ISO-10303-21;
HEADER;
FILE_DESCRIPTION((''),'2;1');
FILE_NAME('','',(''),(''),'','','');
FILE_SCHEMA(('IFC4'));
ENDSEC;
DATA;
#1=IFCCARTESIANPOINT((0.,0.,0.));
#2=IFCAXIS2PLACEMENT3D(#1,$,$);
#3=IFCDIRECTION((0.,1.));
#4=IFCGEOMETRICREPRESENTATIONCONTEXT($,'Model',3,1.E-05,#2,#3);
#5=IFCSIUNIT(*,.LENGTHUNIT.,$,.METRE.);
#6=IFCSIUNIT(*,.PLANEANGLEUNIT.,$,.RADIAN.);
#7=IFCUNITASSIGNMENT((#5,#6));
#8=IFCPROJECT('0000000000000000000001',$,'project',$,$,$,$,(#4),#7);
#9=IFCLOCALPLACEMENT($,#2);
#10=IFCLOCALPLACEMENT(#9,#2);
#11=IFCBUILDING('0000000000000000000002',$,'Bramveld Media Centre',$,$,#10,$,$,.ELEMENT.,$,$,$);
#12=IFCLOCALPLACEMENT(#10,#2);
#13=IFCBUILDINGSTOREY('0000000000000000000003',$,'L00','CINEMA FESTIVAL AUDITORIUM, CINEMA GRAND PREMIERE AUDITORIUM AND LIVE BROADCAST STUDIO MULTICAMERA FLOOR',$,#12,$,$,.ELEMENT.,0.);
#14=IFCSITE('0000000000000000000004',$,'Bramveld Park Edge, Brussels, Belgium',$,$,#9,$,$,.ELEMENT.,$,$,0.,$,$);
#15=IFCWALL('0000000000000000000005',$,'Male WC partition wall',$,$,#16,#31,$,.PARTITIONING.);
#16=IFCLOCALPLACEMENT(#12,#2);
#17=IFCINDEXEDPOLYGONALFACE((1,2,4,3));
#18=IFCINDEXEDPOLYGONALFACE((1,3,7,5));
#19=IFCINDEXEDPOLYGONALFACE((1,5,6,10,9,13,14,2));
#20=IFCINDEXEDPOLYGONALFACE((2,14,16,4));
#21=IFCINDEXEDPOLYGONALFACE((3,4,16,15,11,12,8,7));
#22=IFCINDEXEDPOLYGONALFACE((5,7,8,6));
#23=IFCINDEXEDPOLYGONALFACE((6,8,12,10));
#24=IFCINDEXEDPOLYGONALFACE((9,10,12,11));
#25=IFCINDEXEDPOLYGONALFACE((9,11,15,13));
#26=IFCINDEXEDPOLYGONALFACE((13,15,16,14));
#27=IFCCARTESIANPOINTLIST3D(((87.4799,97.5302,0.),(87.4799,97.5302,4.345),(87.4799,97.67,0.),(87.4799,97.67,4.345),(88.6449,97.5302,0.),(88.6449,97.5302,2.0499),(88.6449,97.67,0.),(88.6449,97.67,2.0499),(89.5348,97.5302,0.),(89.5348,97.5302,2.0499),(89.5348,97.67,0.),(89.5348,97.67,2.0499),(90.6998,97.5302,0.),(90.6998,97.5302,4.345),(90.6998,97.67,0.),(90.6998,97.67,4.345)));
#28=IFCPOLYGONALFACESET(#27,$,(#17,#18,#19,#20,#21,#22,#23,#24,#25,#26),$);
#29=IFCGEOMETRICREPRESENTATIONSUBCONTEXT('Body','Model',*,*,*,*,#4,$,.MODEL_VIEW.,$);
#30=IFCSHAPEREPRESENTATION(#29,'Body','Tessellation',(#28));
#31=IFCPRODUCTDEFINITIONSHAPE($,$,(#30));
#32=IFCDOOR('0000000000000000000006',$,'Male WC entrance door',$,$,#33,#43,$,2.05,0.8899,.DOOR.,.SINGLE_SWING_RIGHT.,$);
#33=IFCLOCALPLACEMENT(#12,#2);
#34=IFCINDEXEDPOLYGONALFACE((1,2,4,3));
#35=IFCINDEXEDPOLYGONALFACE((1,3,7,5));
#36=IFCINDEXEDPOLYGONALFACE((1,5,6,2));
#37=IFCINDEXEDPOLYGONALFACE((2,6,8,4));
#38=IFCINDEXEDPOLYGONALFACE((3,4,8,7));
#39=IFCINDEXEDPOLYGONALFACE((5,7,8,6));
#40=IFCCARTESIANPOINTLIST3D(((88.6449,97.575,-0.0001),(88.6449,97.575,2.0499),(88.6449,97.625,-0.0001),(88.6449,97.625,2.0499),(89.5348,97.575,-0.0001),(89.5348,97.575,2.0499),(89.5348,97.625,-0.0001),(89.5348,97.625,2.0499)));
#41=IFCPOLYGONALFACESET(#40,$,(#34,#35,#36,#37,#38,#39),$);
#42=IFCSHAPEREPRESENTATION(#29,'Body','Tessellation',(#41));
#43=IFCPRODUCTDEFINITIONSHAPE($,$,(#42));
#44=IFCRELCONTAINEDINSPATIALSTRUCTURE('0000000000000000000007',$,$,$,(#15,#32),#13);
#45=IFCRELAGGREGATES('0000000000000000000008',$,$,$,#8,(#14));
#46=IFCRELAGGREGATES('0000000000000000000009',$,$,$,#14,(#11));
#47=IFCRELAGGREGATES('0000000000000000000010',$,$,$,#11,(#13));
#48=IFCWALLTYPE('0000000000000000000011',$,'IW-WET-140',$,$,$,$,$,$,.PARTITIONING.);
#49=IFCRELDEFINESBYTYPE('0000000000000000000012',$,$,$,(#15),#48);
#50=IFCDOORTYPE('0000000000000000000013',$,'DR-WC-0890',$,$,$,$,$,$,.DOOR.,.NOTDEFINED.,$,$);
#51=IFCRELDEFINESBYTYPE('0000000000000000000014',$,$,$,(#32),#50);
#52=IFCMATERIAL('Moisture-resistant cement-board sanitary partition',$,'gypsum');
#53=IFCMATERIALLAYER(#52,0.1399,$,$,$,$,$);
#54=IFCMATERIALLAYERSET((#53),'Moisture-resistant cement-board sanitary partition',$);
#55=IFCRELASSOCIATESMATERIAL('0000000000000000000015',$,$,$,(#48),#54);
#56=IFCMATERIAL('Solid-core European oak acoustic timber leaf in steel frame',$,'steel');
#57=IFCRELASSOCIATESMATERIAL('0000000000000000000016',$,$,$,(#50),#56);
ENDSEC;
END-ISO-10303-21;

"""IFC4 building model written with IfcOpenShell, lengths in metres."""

from ifc_helpers import new_model, si_unit, direction, frame, frame_2d, origin, place, context, subcontext, project, spatial, rectangle, extrude, material, layer, layer_set, type_object, element, fill, save


model = new_model("IFC4")

# Units and contexts
model_context = context("Model", 3, precision=1e-05, world=origin(), true_north=direction((0.0, 1.0)))
body_context = subcontext(model_context, "Body", "Model", "MODEL_VIEW")
ifc_project = project(units=[si_unit("LENGTHUNIT", "METRE"), si_unit("PLANEANGLEUNIT", "RADIAN")], contexts=[model_context])

# Site, building, storey
site_placement = place(None, origin())
site = spatial("IfcSite", under=ifc_project, at=site_placement, Name="Bramveld Park Edge, Brussels, Belgium", CompositionType="ELEMENT", RefElevation=0.0)
building_placement = place(site_placement, origin())
building = spatial("IfcBuilding", under=site, at=building_placement, Name="Bramveld Media Centre", CompositionType="ELEMENT")
storey_placement = place(building_placement, origin())
storey = spatial("IfcBuildingStorey", under=building, at=storey_placement, Name="L00", Description="CINEMA FESTIVAL AUDITORIUM, CINEMA GRAND PREMIERE AUDITORIUM AND LIVE BROADCAST STUDIO MULTICAMERA FLOOR", CompositionType="ELEMENT", Elevation=0.0)

# Shared definitions
ifc_material_1 = material(Name="Moisture-resistant cement-board sanitary partition", Category="gypsum")
ifc_layer = layer(ifc_material_1, 0.1399)
ifc_layer_set = layer_set([ifc_layer], Name="Moisture-resistant cement-board sanitary partition")
wall_type = type_object("IfcWallType", Name="IW-WET-140", PredefinedType="PARTITIONING", material=ifc_layer_set)

# Wall, opening, door
wall_1_placement = place(storey_placement, frame((87.48, 97.6001, 0.0), z_axis=(0.0, 0.0, 1.0), x_axis=(1.0, 0.0, 0.0)))
wall_1 = element("IfcWall", 1, at=wall_1_placement, inside=storey, type_object=wall_type, Name="Male WC partition wall", PredefinedType="PARTITIONING", context=body_context, shape_type="SweptSolid", body=[
    extrude(rectangle(XDim=3.22, YDim=0.1399, at=frame_2d((1.6099, 0.0))), origin(), (0.0, 0.0, 1.0), 4.345),
])
opening_placement = place(wall_1_placement, frame((1.165, 0.0, 0.0)))
opening = element("IfcOpeningElement", 2, at=opening_placement, cuts=wall_1, PredefinedType="OPENING", context=body_context, shape_type="SweptSolid", body=[
    extrude(rectangle(XDim=0.8899, YDim=2.05, at=frame_2d((0.4448, 1.0249))), frame((0.0, 0.082, 0.0), z_axis=(0.0, -1.0, 0.0), x_axis=(1.0, 0.0, 0.0)), (0.0, 0.0, 1.0), 0.1638),
])
ifc_material_2 = material(Name="Solid-core European oak acoustic timber leaf in steel frame", Category="steel")
door_type = type_object("IfcDoorType", Name="DR-WC-0890", OperationType="NOTDEFINED", PredefinedType="DOOR", material=ifc_material_2)
door_placement = place(opening_placement, origin())
door = element("IfcDoor", 3, at=door_placement, inside=storey, type_object=door_type, Name="Male WC entrance door", OperationType="SINGLE_SWING_RIGHT", OverallHeight=2.05, OverallWidth=0.8899, PredefinedType="DOOR", context=body_context, shape_type="SweptSolid", body=[
    extrude(rectangle(XDim=0.8899, YDim=2.05, at=frame_2d((0.4448, 1.0249))), frame((0.0, 0.0249, 0.0), z_axis=(0.0, -1.0, 0.0), x_axis=(1.0, 0.0, 0.0)), (0.0, 0.0, 1.0), 0.05),
])
fill(opening, door)

save(model, "model.ifc")
